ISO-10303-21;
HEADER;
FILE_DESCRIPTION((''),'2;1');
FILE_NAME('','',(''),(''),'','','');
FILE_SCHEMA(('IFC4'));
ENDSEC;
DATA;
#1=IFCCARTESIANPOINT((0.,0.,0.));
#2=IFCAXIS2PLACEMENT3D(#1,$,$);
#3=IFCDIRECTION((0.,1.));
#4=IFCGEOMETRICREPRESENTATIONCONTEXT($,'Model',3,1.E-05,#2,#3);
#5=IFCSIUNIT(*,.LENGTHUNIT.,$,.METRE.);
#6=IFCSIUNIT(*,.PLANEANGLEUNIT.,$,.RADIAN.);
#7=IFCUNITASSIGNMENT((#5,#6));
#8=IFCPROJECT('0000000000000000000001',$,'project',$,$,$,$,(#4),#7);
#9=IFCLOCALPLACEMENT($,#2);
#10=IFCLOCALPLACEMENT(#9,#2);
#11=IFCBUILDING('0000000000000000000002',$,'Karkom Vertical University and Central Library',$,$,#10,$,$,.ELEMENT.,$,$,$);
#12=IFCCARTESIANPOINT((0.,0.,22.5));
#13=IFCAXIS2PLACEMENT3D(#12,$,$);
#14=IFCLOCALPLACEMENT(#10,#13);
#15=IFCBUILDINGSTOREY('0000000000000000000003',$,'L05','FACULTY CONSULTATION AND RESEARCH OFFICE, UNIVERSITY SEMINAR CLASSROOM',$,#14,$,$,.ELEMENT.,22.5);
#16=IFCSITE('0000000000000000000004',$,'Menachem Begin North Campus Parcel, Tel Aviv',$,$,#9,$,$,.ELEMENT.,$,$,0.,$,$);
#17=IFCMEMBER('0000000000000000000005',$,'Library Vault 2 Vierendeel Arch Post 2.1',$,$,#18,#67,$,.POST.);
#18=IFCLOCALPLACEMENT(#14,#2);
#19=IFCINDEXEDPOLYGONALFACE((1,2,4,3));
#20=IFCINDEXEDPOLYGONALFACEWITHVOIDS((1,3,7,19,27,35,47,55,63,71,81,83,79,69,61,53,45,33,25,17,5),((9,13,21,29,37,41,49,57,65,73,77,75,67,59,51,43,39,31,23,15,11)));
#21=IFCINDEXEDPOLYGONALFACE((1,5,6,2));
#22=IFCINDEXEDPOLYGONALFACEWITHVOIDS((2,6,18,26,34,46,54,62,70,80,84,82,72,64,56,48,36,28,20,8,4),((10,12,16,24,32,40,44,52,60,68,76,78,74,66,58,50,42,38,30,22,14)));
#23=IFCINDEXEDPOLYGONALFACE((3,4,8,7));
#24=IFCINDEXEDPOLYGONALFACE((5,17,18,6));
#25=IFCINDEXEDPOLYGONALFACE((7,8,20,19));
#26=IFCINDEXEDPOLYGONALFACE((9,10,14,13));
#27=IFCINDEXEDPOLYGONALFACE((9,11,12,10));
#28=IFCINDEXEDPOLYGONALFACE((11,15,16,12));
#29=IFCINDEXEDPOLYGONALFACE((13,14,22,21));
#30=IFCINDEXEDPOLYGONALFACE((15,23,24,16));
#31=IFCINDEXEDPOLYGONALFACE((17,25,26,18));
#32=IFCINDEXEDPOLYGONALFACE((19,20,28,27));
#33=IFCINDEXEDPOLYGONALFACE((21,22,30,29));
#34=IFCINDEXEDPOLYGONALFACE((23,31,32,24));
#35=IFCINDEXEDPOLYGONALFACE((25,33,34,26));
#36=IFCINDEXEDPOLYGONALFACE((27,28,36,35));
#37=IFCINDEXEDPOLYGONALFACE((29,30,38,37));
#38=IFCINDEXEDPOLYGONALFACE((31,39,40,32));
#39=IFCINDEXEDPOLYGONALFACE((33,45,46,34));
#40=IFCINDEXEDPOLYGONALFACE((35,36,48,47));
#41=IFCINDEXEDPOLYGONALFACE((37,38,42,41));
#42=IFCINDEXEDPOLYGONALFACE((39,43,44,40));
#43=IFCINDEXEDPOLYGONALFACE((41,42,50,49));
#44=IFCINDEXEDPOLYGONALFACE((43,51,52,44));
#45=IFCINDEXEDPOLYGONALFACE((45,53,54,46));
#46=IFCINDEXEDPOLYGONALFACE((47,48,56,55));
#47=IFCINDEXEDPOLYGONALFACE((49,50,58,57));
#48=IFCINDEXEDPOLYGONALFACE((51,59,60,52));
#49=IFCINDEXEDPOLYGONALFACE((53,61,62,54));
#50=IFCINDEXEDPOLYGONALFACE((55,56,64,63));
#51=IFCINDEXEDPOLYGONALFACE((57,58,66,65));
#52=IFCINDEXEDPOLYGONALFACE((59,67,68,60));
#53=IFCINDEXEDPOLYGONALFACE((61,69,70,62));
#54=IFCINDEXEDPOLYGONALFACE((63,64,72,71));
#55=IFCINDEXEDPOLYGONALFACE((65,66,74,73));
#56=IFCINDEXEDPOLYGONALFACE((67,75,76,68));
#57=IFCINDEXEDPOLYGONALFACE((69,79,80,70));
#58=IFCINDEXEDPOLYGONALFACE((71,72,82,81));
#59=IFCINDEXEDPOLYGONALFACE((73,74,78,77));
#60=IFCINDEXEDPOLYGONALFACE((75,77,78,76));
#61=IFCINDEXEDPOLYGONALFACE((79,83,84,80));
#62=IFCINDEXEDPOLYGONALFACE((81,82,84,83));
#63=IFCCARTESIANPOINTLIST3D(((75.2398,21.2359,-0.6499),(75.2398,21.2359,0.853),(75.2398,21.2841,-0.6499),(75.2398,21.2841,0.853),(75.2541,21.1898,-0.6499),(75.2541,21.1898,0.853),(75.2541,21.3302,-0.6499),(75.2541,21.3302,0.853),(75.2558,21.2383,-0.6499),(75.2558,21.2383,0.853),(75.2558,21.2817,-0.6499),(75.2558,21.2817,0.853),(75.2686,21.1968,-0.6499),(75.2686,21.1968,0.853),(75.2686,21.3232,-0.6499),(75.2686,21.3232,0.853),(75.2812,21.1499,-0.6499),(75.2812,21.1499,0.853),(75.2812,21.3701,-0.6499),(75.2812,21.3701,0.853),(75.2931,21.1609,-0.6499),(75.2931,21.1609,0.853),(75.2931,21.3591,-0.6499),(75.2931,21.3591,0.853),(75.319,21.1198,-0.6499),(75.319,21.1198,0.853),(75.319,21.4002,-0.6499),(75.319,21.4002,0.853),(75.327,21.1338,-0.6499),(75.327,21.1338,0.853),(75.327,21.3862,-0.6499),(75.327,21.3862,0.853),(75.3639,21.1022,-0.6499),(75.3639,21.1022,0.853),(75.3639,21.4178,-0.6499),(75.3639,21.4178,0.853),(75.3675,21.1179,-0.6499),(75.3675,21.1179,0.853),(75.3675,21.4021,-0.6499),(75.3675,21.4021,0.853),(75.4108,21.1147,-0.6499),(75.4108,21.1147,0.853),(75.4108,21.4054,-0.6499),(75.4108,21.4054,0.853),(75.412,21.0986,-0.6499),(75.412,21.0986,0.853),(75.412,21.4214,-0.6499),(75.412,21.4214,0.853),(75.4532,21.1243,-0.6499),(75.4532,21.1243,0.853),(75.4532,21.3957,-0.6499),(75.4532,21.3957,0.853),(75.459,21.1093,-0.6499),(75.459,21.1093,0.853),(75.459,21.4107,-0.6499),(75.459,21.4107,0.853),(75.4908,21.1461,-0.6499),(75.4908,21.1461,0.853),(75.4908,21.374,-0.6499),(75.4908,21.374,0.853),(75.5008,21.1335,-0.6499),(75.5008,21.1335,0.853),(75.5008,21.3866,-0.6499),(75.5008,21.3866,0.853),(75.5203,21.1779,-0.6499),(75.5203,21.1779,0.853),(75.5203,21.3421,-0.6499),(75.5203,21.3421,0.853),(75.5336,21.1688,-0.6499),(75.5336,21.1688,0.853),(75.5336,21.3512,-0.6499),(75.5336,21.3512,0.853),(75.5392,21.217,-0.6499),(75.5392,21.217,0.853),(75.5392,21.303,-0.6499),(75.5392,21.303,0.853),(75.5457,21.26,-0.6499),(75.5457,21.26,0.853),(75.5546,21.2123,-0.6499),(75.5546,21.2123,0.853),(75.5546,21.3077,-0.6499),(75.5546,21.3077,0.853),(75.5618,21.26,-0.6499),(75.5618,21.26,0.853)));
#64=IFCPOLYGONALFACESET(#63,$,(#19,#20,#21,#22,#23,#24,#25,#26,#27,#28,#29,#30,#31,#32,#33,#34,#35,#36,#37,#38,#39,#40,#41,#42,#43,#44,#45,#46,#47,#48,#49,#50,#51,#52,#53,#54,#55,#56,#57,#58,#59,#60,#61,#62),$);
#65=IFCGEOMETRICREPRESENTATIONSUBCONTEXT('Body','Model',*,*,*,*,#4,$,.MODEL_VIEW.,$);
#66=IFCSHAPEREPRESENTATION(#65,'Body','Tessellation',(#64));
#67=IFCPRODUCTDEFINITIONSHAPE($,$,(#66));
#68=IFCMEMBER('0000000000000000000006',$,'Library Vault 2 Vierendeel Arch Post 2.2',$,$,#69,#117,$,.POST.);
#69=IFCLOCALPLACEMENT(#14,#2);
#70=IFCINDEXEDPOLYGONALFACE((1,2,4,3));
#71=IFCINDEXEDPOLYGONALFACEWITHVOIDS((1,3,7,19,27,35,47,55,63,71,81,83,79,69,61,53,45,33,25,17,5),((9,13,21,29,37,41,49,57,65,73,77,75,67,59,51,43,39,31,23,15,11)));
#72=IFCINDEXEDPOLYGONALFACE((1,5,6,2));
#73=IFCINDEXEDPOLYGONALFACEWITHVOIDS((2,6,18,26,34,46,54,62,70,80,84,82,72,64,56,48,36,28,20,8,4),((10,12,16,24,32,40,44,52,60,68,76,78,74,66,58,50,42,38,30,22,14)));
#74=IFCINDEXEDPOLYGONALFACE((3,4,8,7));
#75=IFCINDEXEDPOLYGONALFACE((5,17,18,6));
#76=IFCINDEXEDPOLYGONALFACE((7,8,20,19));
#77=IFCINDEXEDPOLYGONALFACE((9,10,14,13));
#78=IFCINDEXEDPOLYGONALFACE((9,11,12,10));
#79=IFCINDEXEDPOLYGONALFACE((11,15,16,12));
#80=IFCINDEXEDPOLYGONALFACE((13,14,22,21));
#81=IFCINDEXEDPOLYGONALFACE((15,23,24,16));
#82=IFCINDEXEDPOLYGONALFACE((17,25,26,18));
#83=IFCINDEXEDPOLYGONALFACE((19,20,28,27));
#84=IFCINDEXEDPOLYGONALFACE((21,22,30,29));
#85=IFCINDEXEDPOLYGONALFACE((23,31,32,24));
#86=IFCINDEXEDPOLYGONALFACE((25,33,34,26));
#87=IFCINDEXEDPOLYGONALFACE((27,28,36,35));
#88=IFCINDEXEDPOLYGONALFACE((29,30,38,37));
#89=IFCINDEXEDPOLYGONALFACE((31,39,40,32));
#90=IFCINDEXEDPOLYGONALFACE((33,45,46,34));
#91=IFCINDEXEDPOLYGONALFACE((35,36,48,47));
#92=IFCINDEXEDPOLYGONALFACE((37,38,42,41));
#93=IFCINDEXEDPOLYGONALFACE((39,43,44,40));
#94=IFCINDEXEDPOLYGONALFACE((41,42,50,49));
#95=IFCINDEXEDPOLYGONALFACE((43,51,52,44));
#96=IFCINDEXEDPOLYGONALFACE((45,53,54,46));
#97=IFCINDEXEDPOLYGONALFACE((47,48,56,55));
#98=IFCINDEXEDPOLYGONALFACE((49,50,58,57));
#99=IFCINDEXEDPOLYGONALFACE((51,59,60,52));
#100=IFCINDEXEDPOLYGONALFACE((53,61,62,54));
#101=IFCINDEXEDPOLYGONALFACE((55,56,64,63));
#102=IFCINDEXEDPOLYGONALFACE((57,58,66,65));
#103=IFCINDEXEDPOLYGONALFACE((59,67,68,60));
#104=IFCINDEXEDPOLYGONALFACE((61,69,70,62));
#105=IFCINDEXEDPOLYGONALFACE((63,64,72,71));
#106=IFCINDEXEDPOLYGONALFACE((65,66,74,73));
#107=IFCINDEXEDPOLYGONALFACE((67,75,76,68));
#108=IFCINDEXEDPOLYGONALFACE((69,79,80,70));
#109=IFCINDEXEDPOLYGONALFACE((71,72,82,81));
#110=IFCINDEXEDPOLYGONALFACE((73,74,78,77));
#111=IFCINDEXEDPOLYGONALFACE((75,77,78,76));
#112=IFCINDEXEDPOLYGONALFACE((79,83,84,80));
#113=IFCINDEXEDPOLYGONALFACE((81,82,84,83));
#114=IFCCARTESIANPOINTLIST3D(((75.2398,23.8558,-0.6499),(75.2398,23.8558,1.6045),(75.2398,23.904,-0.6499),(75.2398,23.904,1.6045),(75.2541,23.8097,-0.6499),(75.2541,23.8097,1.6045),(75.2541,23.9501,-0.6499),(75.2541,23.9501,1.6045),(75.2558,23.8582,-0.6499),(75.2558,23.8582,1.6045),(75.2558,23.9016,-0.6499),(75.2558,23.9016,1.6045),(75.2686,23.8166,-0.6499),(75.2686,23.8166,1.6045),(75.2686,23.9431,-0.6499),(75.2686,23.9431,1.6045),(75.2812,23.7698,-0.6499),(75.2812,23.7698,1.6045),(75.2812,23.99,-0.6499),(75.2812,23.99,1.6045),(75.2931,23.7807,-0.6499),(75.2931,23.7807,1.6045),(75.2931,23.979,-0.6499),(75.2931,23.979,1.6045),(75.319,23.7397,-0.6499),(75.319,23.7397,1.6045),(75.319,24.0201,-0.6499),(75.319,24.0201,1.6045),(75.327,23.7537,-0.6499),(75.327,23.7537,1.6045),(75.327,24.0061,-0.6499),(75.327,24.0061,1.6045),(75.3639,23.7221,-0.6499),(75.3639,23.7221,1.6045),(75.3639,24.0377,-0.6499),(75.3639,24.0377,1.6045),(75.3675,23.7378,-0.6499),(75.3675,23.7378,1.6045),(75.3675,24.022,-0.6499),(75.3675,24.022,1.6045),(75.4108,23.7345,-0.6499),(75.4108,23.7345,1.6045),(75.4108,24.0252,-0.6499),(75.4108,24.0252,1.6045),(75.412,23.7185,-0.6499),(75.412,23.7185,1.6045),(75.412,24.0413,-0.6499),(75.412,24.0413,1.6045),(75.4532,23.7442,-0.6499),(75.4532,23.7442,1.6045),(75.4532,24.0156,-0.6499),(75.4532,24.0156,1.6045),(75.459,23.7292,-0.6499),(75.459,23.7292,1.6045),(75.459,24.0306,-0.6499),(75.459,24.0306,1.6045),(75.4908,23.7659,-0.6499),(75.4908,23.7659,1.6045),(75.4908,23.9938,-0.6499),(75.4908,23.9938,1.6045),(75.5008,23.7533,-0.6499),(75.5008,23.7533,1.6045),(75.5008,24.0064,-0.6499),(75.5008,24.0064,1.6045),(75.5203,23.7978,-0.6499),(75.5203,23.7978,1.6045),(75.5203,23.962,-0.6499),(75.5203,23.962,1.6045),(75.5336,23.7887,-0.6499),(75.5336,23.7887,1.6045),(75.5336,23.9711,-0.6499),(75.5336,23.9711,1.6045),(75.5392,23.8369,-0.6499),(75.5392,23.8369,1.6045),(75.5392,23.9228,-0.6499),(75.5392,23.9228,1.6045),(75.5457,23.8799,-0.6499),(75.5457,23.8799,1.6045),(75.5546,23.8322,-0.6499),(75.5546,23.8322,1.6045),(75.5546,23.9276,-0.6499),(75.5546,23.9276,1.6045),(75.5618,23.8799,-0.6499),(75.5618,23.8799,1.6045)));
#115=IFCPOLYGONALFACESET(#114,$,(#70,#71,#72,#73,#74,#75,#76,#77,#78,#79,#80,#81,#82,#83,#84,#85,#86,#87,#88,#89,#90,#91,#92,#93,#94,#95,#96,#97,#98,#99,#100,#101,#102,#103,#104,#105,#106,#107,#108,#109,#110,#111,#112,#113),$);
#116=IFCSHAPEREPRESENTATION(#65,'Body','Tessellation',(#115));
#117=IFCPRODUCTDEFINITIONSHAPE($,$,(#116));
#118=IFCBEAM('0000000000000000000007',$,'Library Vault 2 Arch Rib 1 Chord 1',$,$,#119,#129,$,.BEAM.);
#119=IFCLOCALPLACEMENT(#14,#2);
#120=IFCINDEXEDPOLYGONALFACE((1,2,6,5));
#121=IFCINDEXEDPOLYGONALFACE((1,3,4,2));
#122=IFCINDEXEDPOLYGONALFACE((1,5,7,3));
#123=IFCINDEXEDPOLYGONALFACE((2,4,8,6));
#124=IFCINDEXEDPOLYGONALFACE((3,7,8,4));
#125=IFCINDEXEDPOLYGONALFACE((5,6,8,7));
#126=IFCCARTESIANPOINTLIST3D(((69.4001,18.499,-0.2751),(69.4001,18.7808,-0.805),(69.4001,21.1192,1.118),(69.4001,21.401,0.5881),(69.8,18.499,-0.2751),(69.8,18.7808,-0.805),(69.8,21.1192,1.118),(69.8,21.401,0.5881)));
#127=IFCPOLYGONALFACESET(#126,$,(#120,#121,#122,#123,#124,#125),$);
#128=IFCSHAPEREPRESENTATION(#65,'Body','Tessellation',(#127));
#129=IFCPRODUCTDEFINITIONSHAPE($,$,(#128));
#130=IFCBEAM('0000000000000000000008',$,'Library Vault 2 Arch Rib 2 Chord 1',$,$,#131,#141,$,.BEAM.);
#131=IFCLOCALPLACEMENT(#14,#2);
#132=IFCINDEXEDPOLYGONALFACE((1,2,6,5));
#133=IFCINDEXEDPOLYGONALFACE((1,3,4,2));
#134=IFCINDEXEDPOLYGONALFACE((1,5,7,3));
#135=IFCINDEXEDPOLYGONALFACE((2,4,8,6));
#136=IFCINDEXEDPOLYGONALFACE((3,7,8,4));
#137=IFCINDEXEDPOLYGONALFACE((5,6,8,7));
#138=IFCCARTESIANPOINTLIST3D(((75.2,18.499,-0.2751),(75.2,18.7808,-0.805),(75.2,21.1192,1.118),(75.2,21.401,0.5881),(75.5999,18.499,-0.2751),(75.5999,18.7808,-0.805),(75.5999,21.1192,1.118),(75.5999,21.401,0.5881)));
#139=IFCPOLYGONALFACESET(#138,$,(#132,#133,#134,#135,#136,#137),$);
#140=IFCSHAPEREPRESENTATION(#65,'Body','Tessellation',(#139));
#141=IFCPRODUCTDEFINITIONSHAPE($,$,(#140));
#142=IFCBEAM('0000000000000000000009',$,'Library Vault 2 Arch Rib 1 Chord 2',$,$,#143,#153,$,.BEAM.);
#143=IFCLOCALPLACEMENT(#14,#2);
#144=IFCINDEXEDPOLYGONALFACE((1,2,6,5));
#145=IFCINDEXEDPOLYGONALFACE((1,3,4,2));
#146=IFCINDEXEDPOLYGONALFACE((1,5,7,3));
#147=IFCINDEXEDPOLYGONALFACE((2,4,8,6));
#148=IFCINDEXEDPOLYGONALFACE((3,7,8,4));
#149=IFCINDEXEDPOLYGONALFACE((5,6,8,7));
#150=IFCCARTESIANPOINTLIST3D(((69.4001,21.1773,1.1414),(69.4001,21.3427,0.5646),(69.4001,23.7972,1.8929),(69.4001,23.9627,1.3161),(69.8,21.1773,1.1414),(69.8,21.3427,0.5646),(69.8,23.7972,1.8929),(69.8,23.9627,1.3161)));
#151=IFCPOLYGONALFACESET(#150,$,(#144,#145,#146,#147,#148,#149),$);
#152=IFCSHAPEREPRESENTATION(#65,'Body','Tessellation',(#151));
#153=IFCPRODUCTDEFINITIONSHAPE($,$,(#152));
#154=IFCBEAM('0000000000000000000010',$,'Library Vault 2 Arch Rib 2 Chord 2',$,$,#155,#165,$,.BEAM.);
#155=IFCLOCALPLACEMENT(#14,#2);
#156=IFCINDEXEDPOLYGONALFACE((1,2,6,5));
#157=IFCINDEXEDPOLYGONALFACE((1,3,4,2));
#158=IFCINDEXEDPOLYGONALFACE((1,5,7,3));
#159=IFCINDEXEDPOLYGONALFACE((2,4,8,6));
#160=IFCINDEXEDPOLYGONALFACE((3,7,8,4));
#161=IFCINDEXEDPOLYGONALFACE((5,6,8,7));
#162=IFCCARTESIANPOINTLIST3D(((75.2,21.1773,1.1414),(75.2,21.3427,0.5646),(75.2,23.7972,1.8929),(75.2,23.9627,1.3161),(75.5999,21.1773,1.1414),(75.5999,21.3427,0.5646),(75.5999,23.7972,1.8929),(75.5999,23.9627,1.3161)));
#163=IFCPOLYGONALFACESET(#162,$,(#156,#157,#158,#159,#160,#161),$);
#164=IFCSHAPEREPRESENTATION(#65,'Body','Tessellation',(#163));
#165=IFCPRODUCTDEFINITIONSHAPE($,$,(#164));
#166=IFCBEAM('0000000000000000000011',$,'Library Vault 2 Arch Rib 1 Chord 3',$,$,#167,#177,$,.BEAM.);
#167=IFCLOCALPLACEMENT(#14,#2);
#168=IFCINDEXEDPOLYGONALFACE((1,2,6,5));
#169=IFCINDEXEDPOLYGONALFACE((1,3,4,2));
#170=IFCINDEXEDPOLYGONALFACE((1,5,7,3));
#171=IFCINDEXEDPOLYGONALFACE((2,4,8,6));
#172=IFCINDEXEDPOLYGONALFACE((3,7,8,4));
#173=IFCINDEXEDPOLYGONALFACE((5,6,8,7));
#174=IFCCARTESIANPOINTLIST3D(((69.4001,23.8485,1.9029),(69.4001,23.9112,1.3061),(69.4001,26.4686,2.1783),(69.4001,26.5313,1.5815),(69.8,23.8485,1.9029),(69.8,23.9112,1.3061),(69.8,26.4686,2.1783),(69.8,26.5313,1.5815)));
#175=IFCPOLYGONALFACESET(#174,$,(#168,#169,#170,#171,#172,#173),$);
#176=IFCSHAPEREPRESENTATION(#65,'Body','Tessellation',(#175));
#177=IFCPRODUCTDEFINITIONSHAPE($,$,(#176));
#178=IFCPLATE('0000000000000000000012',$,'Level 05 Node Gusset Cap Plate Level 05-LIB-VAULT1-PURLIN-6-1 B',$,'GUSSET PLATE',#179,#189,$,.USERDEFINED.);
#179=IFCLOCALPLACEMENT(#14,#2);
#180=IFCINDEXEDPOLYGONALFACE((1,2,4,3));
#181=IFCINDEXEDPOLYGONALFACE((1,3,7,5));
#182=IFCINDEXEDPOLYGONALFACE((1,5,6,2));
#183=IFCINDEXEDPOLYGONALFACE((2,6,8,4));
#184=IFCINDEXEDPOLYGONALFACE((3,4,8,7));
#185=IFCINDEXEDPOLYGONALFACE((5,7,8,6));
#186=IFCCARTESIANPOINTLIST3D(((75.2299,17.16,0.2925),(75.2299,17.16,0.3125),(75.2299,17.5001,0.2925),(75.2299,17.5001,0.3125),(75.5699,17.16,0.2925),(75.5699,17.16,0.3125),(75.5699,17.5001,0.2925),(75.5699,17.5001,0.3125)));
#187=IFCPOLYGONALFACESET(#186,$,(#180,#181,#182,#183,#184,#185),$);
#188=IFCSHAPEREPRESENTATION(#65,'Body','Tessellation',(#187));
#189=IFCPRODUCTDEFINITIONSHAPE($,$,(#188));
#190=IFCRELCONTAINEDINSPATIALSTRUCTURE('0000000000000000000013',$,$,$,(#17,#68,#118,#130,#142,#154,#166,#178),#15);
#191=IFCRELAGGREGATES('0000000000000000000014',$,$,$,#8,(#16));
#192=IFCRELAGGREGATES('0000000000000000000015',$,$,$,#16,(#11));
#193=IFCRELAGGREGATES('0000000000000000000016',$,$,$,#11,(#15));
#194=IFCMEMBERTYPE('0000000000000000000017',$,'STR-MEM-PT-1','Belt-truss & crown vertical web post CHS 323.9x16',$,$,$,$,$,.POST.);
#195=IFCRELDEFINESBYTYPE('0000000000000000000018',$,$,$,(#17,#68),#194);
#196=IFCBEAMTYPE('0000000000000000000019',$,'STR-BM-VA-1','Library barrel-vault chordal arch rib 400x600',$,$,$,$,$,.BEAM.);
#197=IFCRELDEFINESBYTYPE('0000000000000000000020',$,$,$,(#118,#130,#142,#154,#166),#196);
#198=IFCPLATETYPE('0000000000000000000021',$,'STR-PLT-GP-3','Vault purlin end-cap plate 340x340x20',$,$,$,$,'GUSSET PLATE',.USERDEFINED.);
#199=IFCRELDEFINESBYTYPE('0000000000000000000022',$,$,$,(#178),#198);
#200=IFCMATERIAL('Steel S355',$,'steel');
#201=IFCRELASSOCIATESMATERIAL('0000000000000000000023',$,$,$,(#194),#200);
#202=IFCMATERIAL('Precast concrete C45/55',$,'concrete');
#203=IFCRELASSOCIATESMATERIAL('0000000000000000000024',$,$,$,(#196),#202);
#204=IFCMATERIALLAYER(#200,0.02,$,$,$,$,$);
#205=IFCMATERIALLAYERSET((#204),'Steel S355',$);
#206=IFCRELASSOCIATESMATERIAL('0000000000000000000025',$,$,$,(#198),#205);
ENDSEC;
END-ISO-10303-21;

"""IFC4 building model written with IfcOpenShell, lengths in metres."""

from ifc_helpers import new_model, si_unit, direction, frame, origin, origin_with_axes, origin_2d, place, context, subcontext, project, spatial, rectangle, hollow_circle, extrude, source, transform, mapped, material, layer, layer_set, material_profile, profile_set, type_object, element, save


model = new_model("IFC4")

# Units and contexts
model_context = context("Model", 3, precision=1e-05, world=origin(), true_north=direction((0.0, 1.0)))
body_context = subcontext(model_context, "Body", "Model", "MODEL_VIEW")
ifc_project = project(units=[si_unit("LENGTHUNIT", "METRE"), si_unit("PLANEANGLEUNIT", "RADIAN")], contexts=[model_context])

# Site, building, storey
site_placement = place(None, origin())
site = spatial("IfcSite", under=ifc_project, at=site_placement, Name="Menachem Begin North Campus Parcel, Tel Aviv", CompositionType="ELEMENT", RefElevation=0.0)
building_placement = place(site_placement, origin())
building = spatial("IfcBuilding", under=site, at=building_placement, Name="Karkom Vertical University and Central Library", CompositionType="ELEMENT")
storey_placement = place(building_placement, frame((0.0, 0.0, 22.5)))
storey = spatial("IfcBuildingStorey", under=building, at=storey_placement, Name="L05", Description="FACULTY CONSULTATION AND RESEARCH OFFICE, UNIVERSITY SEMINAR CLASSROOM", CompositionType="ELEMENT", Elevation=22.5)

# Members
ifc_material_1 = material(Name="Steel S355", Category="steel")
ifc_material_profile_1 = material_profile(ifc_material_1, hollow_circle(Radius=0.1619, WallThickness=0.0161, at=origin_2d()), Name="CHS 323.9x16")
ifc_profile_set_1 = profile_set([ifc_material_profile_1], Name="Steel S355")
member_type_1 = type_object("IfcMemberType", Name="STR-MEM-PT-1", Description="Belt-truss & crown vertical web post CHS 323.9x16", PredefinedType="POST", material=ifc_profile_set_1)
shared_shape_1 = source(origin_with_axes(), body_context, "Body", "SweptSolid", [
    extrude(hollow_circle(Radius=0.1619, WallThickness=0.0161, at=origin_2d()), origin(), (0.0, 0.0, 1.0), 1.5029),
])
member_1_placement = place(storey_placement, frame((75.3999, 21.26, -0.6499), z_axis=(0.0, 0.0, 1.0), x_axis=(1.0, 0.0, 0.0)))
element("IfcMember", 1, at=member_1_placement, inside=storey, type_object=member_type_1, Name="Library Vault 2 Vierendeel Arch Post 2.1", PredefinedType="POST", context=body_context, shape_type="MappedRepresentation", body=[
    mapped(shared_shape_1, transform((0.0, 0.0, 0.0), scale=1.0)),
])
shared_shape_2 = source(origin_with_axes(), body_context, "Body", "SweptSolid", [
    extrude(hollow_circle(Radius=0.1619, WallThickness=0.0161, at=origin_2d()), origin(), (0.0, 0.0, 1.0), 2.2544),
])
member_2_placement = place(storey_placement, frame((75.3999, 23.8799, -0.6499), z_axis=(0.0, 0.0, 1.0), x_axis=(1.0, 0.0, 0.0)))
element("IfcMember", 2, at=member_2_placement, inside=storey, type_object=member_type_1, Name="Library Vault 2 Vierendeel Arch Post 2.2", PredefinedType="POST", context=body_context, shape_type="MappedRepresentation", body=[
    mapped(shared_shape_2, transform((0.0, 0.0, 0.0), scale=1.0)),
])

# Beams
ifc_material_2 = material(Name="Precast concrete C45/55", Category="concrete")
ifc_material_profile_2 = material_profile(ifc_material_2, rectangle(XDim=0.3999, YDim=0.6001, at=origin_2d()), Name="RCB-400x600")
ifc_profile_set_2 = profile_set([ifc_material_profile_2], Name="Precast concrete C45/55")
beam_type = type_object("IfcBeamType", Name="STR-BM-VA-1", Description="Library barrel-vault chordal arch rib 400x600", PredefinedType="BEAM", material=ifc_profile_set_2)
shared_shape_3 = source(origin_with_axes(), body_context, "Body", "SweptSolid", [
    extrude(rectangle(XDim=0.3999, YDim=0.6001, at=origin_2d()), origin(), (0.0, 0.0, 1.0), 2.9675),
])
for number, where, z_axis, x_axis, name in (
    (3, (69.6001, 18.6399, -0.54), (0.0, 0.882958, 0.469452), (-1.0, 0.0, 0.0), "Library Vault 2 Arch Rib 1 Chord 1"),
    (4, (75.3999, 18.6399, -0.54), (0.0, 0.882958, 0.469452), (-1.0, 0.0, 0.0), "Library Vault 2 Arch Rib 2 Chord 1"),
):
    element("IfcBeam", number, at=place(storey_placement, frame(where, z_axis=z_axis, x_axis=x_axis)), inside=storey, type_object=beam_type, Name=name, PredefinedType="BEAM", context=body_context, shape_type="MappedRepresentation", body=[
        mapped(shared_shape_3, transform((0.0, 0.0, 0.0), scale=1.0)),
    ])
shared_shape_4 = source(origin_with_axes(), body_context, "Body", "SweptSolid", [
    extrude(rectangle(XDim=0.3999, YDim=0.6001, at=origin_2d()), origin(), (0.0, 0.0, 1.0), 2.7256),
])
for number, where, z_axis, x_axis, name in (
    (5, (69.6001, 21.26, 0.853), (0.0, 0.961239, 0.275715), (-1.0, 0.0, 0.0), "Library Vault 2 Arch Rib 1 Chord 2"),
    (6, (75.3999, 21.26, 0.853), (0.0, 0.961239, 0.275715), (-1.0, 0.0, 0.0), "Library Vault 2 Arch Rib 2 Chord 2"),
):
    element("IfcBeam", number, at=place(storey_placement, frame(where, z_axis=z_axis, x_axis=x_axis)), inside=storey, type_object=beam_type, Name=name, PredefinedType="BEAM", context=body_context, shape_type="MappedRepresentation", body=[
        mapped(shared_shape_4, transform((0.0, 0.0, 0.0), scale=1.0)),
    ])
shared_shape_5 = source(origin_with_axes(), body_context, "Body", "SweptSolid", [
    extrude(rectangle(XDim=0.3999, YDim=0.6001, at=origin_2d()), origin(), (0.0, 0.0, 1.0), 2.6345),
])
beam_placement = place(storey_placement, frame((69.6001, 23.8799, 1.6045), z_axis=(0.0, 0.994522, 0.10453), x_axis=(-1.0, 0.0, 0.0)))
element("IfcBeam", 7, at=beam_placement, inside=storey, type_object=beam_type, Name="Library Vault 2 Arch Rib 1 Chord 3", PredefinedType="BEAM", context=body_context, shape_type="MappedRepresentation", body=[
    mapped(shared_shape_5, transform((0.0, 0.0, 0.0), scale=1.0)),
])

# Plate
ifc_layer = layer(ifc_material_1, 0.02)
ifc_layer_set = layer_set([ifc_layer], Name="Steel S355")
plate_type = type_object("IfcPlateType", Name="STR-PLT-GP-3", Description="Vault purlin end-cap plate 340x340x20", ElementType="GUSSET PLATE", PredefinedType="USERDEFINED", material=ifc_layer_set)
shared_shape_6 = source(origin_with_axes(), body_context, "Body", "SweptSolid", [
    extrude(rectangle(XDim=0.3401, YDim=0.3401, at=origin_2d()), origin(), (0.0, 0.0, 1.0), 0.02),
])
for number, where, z_axis, x_axis, name in (
    (8, (75.3999, 17.3301, 0.2925), (0.0, 0.0, 1.0), (1.0, 0.0, 0.0), "Level 05 Node Gusset Cap Plate Level 05-LIB-VAULT1-PURLIN-6-1 B"),
):
    element("IfcPlate", number, at=place(storey_placement, frame(where, z_axis=z_axis, x_axis=x_axis)), inside=storey, type_object=plate_type, Name=name, ObjectType="GUSSET PLATE", PredefinedType="USERDEFINED", context=body_context, shape_type="MappedRepresentation", body=[
        mapped(shared_shape_6, transform((0.0, 0.0, 0.0), scale=1.0)),
    ])

save(model, "model.ifc")
